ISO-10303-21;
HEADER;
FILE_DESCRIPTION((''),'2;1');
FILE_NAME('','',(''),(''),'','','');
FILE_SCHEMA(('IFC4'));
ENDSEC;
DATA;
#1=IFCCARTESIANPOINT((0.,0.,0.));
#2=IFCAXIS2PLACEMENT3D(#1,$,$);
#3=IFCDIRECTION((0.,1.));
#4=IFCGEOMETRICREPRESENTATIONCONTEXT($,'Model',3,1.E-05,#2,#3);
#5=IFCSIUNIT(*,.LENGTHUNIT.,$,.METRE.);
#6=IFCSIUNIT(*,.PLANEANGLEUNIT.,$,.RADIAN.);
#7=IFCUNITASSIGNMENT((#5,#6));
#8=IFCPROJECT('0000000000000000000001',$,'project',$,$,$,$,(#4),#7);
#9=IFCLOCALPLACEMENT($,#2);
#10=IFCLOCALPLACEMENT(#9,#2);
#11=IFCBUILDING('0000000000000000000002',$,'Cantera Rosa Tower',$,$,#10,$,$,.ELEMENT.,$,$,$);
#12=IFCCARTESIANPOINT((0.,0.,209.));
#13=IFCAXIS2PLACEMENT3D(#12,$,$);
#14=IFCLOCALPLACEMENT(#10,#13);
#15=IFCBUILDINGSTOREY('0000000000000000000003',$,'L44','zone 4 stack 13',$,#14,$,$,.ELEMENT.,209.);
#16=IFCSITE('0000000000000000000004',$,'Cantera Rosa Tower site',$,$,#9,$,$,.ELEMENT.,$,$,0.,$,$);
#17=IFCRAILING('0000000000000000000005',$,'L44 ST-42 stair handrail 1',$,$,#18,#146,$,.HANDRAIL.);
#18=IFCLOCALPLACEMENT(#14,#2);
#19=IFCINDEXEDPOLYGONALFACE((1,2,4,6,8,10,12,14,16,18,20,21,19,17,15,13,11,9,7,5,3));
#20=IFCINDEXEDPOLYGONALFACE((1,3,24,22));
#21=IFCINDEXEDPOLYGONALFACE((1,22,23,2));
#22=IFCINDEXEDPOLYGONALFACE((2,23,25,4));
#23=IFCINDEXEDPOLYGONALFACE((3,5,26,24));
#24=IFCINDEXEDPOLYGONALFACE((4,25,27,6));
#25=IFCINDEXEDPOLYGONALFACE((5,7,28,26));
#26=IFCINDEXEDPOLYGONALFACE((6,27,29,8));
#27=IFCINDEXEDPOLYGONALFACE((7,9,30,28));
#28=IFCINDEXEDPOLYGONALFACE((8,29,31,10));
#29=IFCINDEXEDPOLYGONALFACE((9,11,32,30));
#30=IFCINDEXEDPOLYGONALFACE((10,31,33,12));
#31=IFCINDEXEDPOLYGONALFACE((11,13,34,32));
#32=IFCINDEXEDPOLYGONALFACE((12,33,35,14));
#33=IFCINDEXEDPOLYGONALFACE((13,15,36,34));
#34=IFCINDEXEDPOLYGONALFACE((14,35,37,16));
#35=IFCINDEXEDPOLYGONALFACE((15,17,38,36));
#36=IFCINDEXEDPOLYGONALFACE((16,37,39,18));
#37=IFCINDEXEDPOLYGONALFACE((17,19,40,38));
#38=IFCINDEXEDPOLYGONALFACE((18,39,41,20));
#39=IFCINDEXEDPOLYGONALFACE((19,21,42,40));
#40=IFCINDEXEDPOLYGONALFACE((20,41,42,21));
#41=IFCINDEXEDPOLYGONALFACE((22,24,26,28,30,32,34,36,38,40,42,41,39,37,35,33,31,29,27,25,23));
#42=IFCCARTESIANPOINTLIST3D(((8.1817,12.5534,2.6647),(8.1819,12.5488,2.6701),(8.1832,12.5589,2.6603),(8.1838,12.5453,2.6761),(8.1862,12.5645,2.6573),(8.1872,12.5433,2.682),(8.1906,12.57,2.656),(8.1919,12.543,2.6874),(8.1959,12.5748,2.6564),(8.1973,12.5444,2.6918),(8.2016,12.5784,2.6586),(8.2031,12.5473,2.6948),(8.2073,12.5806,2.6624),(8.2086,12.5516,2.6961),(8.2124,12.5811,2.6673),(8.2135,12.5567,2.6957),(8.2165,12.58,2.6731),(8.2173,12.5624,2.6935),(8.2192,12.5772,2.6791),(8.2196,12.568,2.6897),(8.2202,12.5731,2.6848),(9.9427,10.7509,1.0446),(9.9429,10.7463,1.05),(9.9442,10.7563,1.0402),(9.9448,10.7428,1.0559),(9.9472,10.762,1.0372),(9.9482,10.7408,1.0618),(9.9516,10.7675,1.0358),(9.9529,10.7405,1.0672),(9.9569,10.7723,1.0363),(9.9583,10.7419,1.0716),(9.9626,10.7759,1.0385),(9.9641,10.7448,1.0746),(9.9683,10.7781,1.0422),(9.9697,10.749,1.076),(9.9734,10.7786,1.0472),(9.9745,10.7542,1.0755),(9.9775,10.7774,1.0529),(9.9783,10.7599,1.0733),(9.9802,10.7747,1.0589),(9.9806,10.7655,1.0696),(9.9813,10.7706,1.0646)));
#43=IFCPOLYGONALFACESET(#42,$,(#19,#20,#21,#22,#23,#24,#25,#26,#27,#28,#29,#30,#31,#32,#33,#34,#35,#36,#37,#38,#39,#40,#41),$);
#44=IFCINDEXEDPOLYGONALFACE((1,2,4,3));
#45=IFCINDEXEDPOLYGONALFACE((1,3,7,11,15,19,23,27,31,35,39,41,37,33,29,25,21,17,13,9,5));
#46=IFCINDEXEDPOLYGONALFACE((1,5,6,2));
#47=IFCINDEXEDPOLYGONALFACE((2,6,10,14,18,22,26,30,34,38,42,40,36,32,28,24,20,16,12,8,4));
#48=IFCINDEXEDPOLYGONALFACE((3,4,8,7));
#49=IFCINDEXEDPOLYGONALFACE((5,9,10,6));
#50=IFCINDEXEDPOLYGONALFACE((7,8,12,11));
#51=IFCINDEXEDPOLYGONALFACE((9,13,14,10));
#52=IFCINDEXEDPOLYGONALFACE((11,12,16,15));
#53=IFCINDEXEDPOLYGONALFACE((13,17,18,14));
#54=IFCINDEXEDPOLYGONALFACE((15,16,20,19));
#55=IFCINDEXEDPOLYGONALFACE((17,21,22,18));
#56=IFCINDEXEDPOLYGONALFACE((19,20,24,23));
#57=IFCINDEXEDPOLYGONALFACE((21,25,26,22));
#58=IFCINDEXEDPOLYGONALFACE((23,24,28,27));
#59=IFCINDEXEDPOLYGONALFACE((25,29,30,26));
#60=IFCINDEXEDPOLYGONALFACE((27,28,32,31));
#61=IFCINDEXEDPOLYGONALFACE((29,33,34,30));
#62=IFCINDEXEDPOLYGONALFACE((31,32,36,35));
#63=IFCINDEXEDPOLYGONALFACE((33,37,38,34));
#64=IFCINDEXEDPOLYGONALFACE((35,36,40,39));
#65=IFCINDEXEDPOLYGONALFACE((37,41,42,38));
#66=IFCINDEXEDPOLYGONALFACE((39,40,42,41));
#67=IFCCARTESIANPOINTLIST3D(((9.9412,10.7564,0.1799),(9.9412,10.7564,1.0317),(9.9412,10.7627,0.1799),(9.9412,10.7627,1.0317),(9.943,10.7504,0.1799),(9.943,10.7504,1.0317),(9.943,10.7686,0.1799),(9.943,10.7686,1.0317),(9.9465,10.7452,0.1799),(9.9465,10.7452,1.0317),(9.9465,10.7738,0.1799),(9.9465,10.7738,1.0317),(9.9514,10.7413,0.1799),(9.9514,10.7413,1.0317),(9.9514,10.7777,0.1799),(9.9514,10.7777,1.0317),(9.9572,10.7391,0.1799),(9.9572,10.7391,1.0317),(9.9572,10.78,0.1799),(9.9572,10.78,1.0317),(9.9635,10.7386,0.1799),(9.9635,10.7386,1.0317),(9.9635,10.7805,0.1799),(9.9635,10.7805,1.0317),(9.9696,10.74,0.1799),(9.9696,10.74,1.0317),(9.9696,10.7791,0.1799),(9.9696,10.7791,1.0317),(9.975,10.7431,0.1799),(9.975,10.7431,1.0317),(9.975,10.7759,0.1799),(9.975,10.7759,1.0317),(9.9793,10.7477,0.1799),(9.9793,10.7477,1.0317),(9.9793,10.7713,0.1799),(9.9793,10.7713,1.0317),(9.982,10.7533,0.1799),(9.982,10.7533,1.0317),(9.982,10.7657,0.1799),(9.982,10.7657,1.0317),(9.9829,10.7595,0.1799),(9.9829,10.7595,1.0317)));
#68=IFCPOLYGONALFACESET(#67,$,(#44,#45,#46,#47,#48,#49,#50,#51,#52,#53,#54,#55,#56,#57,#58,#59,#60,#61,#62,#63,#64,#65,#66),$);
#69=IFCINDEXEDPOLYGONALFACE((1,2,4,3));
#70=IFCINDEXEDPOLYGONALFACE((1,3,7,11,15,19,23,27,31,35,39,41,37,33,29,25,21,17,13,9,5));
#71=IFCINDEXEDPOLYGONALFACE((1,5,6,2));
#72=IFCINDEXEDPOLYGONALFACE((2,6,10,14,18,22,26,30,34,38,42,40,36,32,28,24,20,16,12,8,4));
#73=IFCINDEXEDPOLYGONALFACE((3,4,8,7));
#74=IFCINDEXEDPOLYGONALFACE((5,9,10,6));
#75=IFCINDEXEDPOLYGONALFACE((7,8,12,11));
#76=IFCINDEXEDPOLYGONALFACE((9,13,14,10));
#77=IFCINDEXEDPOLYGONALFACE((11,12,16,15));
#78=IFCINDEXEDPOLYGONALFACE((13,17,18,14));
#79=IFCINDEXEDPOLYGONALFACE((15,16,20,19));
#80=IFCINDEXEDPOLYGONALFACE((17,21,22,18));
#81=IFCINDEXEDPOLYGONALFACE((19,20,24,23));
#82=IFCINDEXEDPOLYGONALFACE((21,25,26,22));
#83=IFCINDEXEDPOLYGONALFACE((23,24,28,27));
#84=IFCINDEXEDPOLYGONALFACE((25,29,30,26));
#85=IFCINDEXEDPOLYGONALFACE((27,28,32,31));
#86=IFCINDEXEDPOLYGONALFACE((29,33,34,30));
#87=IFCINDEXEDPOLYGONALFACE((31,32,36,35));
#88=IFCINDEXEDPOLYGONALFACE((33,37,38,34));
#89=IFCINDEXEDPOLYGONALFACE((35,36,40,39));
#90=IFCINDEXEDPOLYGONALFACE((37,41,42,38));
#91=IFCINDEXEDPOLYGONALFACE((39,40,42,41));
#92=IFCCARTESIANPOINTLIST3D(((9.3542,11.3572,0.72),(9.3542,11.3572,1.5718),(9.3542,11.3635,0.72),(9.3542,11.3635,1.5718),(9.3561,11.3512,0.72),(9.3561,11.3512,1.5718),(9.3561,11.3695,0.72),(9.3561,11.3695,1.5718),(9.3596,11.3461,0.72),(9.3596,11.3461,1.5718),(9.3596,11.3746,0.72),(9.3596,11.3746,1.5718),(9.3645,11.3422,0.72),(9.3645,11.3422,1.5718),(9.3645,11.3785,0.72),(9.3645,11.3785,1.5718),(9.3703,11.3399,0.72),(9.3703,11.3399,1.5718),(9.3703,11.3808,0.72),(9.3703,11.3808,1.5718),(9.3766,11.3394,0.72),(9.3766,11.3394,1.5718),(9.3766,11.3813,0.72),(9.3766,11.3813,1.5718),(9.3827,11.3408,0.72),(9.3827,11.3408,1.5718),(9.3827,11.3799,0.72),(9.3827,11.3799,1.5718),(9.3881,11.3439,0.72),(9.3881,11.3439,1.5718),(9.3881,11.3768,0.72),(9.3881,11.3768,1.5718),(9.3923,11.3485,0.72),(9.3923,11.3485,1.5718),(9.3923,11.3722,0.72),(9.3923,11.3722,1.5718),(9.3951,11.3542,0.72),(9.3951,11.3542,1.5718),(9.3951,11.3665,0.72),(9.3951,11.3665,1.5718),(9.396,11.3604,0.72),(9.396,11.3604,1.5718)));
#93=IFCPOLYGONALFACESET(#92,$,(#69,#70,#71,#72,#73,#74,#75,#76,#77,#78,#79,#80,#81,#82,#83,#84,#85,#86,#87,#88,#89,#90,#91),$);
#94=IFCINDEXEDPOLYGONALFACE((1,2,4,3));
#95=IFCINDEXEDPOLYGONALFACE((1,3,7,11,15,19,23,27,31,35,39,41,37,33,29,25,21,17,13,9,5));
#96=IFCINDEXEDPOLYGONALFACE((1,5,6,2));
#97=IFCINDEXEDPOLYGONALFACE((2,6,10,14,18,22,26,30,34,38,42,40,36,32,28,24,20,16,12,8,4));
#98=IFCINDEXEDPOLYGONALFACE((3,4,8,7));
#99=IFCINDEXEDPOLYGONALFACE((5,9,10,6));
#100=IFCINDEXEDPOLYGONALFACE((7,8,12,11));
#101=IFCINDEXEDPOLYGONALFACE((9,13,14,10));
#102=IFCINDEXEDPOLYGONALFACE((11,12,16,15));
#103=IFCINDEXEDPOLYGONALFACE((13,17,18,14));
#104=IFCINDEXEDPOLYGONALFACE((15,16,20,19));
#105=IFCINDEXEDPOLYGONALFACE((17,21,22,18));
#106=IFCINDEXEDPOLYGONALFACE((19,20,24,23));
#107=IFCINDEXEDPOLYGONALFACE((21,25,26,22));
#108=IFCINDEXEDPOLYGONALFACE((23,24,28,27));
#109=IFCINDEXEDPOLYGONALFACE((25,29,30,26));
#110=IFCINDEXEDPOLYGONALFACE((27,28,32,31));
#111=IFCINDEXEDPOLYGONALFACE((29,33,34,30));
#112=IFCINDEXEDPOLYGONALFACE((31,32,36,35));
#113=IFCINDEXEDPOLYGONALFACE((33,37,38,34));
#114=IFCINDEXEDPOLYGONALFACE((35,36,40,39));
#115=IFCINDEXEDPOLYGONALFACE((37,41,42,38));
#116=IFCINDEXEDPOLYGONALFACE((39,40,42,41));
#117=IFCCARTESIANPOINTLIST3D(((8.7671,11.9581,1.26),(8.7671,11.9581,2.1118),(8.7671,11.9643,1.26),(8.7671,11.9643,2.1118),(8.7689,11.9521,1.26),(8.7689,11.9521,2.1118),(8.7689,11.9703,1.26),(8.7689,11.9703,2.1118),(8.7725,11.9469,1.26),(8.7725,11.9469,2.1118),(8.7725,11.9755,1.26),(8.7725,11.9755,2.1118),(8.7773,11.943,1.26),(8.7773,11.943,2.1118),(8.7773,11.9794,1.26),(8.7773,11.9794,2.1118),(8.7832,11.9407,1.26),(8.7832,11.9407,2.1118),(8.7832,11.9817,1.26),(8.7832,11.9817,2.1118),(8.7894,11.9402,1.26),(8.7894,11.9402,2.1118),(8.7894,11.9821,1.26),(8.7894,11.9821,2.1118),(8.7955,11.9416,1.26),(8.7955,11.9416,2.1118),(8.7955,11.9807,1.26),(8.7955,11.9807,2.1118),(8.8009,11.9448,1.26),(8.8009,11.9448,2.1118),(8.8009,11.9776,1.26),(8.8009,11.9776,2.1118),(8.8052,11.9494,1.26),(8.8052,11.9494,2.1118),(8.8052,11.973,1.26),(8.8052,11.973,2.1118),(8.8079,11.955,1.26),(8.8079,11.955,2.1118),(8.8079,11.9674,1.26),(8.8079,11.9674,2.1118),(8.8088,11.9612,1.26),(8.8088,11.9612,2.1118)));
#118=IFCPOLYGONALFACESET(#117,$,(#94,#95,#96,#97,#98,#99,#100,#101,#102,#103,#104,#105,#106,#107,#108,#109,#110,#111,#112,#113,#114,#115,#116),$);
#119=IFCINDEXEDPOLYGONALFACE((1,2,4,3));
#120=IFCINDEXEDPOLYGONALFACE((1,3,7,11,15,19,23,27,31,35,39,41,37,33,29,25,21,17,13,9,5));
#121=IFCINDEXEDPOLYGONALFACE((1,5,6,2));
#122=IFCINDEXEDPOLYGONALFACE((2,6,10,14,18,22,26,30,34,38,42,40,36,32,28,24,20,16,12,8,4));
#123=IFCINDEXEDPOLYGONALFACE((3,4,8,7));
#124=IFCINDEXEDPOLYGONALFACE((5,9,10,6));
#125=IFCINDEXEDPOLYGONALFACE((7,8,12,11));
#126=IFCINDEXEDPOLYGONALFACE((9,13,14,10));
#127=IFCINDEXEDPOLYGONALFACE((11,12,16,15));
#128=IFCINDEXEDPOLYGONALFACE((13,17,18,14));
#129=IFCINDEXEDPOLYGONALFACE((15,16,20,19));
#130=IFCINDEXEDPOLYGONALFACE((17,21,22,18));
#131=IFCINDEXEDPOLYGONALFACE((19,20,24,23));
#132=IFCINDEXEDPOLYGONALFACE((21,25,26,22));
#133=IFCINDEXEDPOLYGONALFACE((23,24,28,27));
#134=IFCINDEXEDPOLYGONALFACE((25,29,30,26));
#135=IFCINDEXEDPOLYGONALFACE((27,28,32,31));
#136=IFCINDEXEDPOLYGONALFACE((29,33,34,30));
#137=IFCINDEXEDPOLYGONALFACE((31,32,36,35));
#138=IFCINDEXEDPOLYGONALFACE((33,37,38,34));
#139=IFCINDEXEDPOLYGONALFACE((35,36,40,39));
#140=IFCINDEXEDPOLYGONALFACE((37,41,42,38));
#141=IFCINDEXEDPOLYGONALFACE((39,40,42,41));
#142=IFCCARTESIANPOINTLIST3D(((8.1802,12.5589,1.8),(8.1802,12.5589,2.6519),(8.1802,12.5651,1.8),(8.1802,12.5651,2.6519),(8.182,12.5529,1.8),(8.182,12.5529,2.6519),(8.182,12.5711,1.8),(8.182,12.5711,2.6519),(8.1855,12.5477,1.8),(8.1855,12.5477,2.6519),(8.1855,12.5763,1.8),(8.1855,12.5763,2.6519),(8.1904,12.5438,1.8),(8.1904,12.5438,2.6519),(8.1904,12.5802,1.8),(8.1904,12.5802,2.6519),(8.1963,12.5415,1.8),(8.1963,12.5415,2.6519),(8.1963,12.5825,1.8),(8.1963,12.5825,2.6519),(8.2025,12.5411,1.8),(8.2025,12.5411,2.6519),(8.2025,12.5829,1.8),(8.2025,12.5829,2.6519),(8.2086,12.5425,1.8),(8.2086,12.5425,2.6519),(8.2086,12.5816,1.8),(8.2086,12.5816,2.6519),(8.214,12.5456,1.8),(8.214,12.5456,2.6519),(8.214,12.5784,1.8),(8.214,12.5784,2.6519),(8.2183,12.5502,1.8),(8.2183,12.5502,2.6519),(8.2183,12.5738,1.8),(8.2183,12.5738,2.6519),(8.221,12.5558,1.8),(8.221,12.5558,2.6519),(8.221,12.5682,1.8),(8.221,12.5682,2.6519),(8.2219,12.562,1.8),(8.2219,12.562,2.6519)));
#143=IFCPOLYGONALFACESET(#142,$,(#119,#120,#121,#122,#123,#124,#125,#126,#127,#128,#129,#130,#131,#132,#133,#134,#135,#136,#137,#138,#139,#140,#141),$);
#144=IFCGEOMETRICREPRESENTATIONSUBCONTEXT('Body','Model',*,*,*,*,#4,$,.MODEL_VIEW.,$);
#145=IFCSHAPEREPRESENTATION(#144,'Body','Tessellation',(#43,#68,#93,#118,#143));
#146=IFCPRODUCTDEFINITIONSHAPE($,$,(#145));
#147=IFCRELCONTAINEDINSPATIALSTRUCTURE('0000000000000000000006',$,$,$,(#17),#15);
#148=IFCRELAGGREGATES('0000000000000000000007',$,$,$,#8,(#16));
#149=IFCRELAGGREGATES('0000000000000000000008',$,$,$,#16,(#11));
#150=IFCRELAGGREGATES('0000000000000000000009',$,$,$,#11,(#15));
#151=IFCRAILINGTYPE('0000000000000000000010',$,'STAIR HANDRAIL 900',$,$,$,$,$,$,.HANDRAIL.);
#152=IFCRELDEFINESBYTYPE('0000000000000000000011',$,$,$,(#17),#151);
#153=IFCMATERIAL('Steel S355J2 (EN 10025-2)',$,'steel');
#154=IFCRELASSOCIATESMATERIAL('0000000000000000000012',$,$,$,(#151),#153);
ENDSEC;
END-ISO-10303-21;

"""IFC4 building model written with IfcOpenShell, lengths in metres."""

from ifc_helpers import new_model, si_unit, direction, frame, origin, origin_2d, place, context, subcontext, project, spatial, circle, extrude, material, type_object, element, save


model = new_model("IFC4")

# Units and contexts
model_context = context("Model", 3, precision=1e-05, world=origin(), true_north=direction((0.0, 1.0)))
body_context = subcontext(model_context, "Body", "Model", "MODEL_VIEW")
ifc_project = project(units=[si_unit("LENGTHUNIT", "METRE"), si_unit("PLANEANGLEUNIT", "RADIAN")], contexts=[model_context])

# Site, building, storey
site_placement = place(None, origin())
site = spatial("IfcSite", under=ifc_project, at=site_placement, Name="Cantera Rosa Tower site", CompositionType="ELEMENT", RefElevation=0.0)
building_placement = place(site_placement, origin())
building = spatial("IfcBuilding", under=site, at=building_placement, Name="Cantera Rosa Tower", CompositionType="ELEMENT")
storey_placement = place(building_placement, frame((0.0, 0.0, 209.0)))
storey = spatial("IfcBuildingStorey", under=building, at=storey_placement, Name="L44", Description="zone 4 stack 13", CompositionType="ELEMENT", Elevation=209.0)

# Railing
ifc_material_1 = material(Name="Steel S355J2 (EN 10025-2)", Category="steel")
railing_type_1 = type_object("IfcRailingType", Name="STAIR HANDRAIL 900", PredefinedType="HANDRAIL", material=ifc_material_1)
railing_1_placement = place(storey_placement, frame((9.9619, 10.7595, 0.1799)))
element("IfcRailing", 1, at=railing_1_placement, inside=storey, type_object=railing_type_1, Name="L44 ST-42 stair handrail 1", PredefinedType="HANDRAIL", context=body_context, shape_type="SweptSolid", body=[
    extrude(circle(Radius=0.0239, at=origin_2d()), frame((0.0, 0.0, 0.876), z_axis=(-0.587818, 0.601672, 0.540796), x_axis=(-0.715294, -0.698824, 0.0)), (0.0, 0.0, 1.0), 2.9958),
    extrude(circle(Radius=0.021, at=origin_2d()), origin(), (0.0, 0.0, 1.0), 0.8518),
    extrude(circle(Radius=0.021, at=origin_2d()), frame((-0.5869, 0.6008, 0.54)), (0.0, 0.0, 1.0), 0.8518),
    extrude(circle(Radius=0.021, at=origin_2d()), frame((-1.1741, 1.2017, 1.0801)), (0.0, 0.0, 1.0), 0.8518),
    extrude(circle(Radius=0.021, at=origin_2d()), frame((-1.761, 1.8025, 1.6201)), (0.0, 0.0, 1.0), 0.8518),
])

save(model, "model.ifc")
